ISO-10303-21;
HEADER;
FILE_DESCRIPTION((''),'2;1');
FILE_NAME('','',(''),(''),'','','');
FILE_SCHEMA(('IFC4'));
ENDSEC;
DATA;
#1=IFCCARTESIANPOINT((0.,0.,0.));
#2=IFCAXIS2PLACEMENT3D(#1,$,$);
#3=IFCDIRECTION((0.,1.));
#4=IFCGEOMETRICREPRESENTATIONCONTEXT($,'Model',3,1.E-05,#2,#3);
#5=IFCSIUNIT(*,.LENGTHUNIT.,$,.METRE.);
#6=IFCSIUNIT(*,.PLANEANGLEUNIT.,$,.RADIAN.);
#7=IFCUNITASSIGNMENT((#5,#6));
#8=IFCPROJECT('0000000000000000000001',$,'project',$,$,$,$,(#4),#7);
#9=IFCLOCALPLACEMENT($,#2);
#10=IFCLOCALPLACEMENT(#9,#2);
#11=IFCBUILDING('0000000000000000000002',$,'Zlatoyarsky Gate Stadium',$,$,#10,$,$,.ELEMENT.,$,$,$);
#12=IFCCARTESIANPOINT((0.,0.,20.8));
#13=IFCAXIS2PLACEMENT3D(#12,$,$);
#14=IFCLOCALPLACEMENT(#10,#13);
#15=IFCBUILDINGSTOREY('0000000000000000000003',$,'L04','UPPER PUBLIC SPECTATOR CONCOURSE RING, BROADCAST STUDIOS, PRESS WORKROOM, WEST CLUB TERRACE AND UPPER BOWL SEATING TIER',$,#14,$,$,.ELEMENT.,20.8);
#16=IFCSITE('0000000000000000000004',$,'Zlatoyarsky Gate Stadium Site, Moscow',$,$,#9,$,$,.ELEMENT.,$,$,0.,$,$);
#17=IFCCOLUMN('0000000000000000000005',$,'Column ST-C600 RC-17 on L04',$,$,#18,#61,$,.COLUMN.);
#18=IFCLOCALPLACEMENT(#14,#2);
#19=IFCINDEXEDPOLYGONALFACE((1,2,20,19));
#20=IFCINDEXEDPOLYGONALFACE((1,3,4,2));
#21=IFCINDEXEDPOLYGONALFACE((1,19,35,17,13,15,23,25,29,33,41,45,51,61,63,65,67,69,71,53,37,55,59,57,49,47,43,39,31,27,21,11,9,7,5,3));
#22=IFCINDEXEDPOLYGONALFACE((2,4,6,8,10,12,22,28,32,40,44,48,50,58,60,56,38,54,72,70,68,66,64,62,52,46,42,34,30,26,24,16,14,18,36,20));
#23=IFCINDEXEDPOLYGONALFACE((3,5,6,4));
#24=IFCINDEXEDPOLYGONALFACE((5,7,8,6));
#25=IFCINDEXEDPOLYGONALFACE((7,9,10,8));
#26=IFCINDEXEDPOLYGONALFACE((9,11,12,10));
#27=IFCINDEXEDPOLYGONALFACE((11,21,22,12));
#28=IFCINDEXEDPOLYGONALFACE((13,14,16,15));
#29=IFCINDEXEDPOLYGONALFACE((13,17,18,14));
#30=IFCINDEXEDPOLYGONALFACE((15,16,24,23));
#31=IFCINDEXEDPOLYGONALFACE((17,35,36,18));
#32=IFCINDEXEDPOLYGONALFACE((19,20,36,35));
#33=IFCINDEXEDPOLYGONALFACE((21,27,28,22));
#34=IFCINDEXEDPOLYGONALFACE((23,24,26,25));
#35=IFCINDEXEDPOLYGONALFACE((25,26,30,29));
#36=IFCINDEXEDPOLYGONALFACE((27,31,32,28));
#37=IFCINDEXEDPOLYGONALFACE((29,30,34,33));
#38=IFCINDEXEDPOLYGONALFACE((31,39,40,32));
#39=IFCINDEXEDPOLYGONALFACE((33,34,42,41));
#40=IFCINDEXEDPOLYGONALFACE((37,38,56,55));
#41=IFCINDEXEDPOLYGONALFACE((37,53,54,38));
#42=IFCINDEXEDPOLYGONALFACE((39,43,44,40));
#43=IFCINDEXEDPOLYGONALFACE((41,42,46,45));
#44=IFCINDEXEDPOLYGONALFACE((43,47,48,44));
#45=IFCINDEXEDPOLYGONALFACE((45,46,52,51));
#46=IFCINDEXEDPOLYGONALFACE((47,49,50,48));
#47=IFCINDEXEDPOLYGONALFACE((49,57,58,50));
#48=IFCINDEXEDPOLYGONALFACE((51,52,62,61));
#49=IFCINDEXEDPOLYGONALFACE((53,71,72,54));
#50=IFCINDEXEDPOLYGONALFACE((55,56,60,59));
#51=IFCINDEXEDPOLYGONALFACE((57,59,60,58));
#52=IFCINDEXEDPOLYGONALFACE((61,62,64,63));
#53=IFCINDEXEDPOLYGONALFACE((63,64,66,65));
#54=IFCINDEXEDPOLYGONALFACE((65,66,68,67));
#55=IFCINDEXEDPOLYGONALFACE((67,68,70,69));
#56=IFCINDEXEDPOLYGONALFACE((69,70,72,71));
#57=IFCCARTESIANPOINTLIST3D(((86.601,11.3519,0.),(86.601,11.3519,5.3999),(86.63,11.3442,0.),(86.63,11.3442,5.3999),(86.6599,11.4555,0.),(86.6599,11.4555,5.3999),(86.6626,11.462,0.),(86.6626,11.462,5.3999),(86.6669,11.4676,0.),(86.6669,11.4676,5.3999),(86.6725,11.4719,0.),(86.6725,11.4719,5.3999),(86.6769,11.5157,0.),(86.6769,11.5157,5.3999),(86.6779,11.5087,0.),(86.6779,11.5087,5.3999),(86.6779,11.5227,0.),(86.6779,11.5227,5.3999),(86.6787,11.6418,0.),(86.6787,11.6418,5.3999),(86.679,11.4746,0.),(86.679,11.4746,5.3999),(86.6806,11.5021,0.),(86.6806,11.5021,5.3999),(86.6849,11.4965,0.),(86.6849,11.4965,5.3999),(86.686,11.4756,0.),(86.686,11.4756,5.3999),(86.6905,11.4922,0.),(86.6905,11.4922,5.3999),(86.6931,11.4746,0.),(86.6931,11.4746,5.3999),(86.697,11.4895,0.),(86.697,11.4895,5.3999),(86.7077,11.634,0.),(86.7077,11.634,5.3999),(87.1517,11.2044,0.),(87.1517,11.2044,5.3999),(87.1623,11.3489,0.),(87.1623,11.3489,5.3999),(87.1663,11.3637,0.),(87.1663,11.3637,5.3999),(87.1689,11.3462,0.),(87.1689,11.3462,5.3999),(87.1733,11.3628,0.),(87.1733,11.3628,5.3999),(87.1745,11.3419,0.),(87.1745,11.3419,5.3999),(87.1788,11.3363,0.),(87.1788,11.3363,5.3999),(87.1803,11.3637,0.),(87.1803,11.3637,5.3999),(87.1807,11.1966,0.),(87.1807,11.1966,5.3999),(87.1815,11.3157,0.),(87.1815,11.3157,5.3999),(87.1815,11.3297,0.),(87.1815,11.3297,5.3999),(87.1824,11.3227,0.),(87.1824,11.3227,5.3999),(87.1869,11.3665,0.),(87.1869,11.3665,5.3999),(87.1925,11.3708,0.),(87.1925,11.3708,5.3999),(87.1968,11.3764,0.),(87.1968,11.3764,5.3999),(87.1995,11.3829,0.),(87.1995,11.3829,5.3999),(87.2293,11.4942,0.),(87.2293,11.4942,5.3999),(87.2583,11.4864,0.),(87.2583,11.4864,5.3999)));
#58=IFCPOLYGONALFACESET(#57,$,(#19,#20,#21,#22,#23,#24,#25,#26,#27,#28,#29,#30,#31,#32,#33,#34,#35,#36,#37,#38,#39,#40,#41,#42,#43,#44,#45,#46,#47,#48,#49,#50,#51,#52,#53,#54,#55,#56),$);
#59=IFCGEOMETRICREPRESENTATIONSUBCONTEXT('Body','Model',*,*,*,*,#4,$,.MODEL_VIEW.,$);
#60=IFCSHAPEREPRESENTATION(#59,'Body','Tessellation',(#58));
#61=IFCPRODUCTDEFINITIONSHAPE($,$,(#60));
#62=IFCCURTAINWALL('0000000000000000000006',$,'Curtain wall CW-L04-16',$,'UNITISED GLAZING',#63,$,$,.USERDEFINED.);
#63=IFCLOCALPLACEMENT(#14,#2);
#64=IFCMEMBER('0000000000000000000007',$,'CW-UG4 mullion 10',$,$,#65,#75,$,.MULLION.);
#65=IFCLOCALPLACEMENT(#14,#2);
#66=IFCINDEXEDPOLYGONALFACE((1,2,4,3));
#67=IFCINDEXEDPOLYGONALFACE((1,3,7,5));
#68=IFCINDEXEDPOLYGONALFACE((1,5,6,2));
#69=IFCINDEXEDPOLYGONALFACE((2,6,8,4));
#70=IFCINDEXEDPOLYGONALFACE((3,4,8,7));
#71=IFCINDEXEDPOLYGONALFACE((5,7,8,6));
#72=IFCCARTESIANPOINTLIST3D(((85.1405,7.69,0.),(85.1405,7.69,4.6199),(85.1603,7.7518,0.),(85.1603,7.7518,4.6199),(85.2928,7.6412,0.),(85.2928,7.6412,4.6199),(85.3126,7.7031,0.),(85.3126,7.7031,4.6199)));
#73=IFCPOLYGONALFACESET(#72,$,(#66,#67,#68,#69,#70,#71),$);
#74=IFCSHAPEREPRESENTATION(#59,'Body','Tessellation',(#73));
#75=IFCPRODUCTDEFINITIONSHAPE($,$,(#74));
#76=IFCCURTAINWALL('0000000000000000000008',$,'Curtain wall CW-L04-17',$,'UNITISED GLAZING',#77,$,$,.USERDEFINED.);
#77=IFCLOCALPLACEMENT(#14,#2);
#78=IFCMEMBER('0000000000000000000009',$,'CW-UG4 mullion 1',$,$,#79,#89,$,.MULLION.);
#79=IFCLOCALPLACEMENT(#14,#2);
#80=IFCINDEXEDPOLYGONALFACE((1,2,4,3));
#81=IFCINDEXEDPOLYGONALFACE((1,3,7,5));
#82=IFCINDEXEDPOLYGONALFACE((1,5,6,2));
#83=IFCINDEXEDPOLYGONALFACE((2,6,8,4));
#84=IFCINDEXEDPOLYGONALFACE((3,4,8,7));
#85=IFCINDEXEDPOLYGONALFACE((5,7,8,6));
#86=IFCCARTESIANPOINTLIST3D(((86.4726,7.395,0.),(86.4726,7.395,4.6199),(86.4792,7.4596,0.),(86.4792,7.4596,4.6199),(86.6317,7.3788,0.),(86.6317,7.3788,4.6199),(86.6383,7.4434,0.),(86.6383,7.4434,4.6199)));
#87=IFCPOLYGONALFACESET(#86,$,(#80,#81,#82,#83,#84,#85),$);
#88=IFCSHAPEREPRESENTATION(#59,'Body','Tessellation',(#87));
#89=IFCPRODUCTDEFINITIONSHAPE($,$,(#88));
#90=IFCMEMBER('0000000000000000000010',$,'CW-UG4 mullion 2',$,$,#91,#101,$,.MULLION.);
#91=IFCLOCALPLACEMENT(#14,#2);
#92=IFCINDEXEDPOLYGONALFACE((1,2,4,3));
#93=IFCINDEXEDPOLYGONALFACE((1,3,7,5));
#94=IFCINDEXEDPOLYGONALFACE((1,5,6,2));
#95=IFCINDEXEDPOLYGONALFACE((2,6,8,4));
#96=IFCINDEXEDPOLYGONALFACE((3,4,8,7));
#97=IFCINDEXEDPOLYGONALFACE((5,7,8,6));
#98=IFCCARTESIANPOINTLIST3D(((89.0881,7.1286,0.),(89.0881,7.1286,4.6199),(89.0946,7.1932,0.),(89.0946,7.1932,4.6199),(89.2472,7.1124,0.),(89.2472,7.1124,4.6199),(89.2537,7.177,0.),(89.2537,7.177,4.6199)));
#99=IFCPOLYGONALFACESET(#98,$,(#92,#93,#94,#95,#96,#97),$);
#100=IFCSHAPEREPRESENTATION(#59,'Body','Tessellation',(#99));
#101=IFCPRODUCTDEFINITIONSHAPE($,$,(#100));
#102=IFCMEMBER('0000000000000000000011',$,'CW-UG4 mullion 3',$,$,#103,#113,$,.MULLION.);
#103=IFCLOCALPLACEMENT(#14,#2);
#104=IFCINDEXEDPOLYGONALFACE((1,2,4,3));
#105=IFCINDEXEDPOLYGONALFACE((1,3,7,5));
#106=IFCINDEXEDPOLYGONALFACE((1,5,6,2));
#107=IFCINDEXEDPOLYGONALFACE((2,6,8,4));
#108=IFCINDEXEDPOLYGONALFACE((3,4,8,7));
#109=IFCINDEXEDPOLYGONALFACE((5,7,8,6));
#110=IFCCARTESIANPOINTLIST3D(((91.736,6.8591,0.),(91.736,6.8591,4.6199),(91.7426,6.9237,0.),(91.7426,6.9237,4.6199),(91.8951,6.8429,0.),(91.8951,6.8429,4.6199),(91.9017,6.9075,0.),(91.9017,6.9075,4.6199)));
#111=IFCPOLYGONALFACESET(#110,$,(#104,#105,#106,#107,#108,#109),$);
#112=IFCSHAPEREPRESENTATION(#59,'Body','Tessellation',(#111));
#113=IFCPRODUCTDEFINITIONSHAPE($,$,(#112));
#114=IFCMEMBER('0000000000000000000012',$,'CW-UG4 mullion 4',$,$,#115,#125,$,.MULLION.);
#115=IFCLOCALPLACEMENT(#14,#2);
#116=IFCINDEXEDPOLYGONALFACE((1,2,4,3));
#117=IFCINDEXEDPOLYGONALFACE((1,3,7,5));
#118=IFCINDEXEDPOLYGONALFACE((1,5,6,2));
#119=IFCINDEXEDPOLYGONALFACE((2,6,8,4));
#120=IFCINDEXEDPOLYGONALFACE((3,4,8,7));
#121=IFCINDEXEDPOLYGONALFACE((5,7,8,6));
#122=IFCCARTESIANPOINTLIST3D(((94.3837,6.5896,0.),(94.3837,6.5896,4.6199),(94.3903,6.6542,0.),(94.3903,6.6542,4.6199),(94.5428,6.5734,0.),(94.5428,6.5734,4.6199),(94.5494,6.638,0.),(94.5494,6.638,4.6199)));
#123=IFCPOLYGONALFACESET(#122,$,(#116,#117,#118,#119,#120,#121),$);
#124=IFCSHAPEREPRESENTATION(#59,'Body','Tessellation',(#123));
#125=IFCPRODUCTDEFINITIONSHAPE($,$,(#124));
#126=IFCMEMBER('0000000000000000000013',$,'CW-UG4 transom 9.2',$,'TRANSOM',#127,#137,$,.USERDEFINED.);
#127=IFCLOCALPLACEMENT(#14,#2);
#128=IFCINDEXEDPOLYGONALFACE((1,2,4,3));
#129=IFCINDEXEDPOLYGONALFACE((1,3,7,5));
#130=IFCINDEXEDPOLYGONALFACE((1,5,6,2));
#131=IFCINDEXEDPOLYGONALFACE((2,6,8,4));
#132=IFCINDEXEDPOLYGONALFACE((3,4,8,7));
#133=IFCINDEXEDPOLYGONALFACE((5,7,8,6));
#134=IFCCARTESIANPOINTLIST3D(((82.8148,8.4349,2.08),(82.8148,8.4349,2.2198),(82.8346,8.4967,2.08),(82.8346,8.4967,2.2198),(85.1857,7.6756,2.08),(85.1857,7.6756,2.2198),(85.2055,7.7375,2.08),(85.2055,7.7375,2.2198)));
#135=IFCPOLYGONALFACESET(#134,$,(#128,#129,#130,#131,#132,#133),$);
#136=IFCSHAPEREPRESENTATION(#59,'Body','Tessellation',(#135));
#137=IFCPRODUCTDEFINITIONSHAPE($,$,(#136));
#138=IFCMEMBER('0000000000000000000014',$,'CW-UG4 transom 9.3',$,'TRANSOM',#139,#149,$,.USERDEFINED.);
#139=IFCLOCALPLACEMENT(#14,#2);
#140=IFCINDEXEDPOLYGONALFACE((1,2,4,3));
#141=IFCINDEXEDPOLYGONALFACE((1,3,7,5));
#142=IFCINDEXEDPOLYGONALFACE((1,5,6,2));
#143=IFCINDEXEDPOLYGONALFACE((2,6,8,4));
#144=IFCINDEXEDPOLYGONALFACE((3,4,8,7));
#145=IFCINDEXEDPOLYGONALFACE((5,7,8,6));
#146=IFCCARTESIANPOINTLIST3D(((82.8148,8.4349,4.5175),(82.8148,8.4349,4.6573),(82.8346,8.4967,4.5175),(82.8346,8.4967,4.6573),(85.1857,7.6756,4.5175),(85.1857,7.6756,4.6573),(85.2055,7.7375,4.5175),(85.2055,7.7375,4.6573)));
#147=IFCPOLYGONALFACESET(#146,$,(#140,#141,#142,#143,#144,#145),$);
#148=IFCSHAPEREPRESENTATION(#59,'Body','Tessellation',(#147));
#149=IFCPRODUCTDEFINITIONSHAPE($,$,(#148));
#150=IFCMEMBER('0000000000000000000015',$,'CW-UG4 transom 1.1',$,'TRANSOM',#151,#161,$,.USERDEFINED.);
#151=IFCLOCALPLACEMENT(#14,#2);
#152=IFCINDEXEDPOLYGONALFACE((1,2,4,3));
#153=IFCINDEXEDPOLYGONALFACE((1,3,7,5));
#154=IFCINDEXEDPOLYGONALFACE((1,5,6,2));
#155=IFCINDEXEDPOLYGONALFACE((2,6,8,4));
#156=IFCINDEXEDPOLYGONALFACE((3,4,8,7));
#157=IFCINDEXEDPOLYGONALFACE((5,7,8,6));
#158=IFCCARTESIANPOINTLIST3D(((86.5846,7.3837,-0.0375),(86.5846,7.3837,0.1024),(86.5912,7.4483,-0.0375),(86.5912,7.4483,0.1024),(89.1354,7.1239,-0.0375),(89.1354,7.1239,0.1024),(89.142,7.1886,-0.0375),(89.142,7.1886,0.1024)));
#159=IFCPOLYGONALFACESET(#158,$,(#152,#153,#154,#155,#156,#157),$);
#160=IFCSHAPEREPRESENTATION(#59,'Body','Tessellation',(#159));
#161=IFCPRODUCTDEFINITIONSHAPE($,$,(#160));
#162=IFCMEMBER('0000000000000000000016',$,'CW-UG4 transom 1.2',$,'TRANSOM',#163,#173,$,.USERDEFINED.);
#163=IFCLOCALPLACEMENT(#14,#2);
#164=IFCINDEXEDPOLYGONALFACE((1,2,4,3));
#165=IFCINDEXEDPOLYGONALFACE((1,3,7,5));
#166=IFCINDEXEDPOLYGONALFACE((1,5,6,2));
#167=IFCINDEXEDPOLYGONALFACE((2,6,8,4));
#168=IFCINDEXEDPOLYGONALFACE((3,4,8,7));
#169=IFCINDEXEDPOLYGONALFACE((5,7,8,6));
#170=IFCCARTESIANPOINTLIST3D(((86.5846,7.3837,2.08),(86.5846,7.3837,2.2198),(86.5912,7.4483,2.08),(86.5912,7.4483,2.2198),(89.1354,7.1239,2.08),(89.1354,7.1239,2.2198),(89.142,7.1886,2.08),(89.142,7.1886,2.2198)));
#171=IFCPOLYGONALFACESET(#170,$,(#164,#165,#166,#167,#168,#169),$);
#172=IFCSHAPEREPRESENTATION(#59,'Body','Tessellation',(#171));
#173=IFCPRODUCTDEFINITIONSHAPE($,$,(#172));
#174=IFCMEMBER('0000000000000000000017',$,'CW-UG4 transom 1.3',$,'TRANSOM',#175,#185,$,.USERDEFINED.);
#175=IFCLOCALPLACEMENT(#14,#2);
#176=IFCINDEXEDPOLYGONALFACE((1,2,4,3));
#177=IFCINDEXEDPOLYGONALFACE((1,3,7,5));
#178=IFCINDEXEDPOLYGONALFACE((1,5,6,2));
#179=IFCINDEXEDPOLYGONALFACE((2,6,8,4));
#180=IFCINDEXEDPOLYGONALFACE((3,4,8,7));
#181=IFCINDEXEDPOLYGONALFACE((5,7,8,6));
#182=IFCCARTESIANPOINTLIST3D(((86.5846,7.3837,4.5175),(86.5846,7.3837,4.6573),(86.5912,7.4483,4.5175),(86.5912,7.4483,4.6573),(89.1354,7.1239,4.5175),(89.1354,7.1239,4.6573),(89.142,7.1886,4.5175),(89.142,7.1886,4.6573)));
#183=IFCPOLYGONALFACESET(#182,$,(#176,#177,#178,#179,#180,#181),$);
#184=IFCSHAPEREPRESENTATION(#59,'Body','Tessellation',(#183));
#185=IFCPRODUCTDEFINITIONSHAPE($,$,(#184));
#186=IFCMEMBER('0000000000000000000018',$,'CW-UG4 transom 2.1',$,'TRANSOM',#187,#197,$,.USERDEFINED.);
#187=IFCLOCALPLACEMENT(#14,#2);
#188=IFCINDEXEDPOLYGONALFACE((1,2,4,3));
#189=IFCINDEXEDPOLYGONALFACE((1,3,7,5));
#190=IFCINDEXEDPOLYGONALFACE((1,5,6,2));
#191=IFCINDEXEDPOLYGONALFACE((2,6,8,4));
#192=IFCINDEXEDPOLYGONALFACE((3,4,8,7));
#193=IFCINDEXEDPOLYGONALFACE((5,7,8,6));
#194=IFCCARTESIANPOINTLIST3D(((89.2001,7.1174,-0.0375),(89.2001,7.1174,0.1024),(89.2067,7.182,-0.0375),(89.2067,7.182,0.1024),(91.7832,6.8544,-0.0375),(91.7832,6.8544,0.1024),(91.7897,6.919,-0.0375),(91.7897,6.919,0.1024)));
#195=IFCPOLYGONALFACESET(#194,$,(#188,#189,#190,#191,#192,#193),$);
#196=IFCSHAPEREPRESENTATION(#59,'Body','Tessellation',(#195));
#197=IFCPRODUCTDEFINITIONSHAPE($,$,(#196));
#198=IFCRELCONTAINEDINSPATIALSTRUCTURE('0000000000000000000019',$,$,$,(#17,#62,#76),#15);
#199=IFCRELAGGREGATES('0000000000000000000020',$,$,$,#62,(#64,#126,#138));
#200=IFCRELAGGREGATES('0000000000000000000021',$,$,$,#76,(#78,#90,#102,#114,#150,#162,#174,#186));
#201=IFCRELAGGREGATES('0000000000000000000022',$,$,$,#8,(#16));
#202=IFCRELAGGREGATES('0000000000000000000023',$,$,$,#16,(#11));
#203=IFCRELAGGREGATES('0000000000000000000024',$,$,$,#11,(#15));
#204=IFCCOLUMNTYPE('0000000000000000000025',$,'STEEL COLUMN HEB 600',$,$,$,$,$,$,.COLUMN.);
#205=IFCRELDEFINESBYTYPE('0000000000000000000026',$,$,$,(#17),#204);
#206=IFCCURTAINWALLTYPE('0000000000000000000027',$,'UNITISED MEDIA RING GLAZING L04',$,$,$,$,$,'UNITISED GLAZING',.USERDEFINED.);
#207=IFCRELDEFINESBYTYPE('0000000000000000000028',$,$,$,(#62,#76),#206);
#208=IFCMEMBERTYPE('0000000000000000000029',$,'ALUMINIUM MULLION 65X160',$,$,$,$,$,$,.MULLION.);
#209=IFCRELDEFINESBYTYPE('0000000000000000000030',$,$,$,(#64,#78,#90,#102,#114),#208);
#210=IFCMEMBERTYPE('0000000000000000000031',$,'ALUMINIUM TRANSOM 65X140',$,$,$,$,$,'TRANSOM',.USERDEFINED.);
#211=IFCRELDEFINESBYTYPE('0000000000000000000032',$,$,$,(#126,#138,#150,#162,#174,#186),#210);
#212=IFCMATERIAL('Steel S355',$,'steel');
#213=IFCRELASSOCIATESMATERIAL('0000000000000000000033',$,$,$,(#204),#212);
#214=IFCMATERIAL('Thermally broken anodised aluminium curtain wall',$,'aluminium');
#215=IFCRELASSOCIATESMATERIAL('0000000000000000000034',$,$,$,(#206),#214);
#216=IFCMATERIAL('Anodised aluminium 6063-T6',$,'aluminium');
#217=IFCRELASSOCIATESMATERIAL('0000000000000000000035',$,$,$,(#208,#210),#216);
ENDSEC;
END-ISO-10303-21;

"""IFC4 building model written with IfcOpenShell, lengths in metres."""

from ifc_helpers import new_model, si_unit, direction, frame, origin, origin_2d, place, context, subcontext, project, spatial, rectangle, i_section, extrude, material, material_profile, profile_set, type_object, element, aggregate, save


model = new_model("IFC4")

# Units and contexts
model_context = context("Model", 3, precision=1e-05, world=origin(), true_north=direction((0.0, 1.0)))
body_context = subcontext(model_context, "Body", "Model", "MODEL_VIEW")
ifc_project = project(units=[si_unit("LENGTHUNIT", "METRE"), si_unit("PLANEANGLEUNIT", "RADIAN")], contexts=[model_context])

# Site, building, storey
site_placement = place(None, origin())
site = spatial("IfcSite", under=ifc_project, at=site_placement, Name="Zlatoyarsky Gate Stadium Site, Moscow", CompositionType="ELEMENT", RefElevation=0.0)
building_placement = place(site_placement, origin())
building = spatial("IfcBuilding", under=site, at=building_placement, Name="Zlatoyarsky Gate Stadium", CompositionType="ELEMENT")
storey_placement = place(building_placement, frame((0.0, 0.0, 20.8)))
storey = spatial("IfcBuildingStorey", under=building, at=storey_placement, Name="L04", Description="UPPER PUBLIC SPECTATOR CONCOURSE RING, BROADCAST STUDIOS, PRESS WORKROOM, WEST CLUB TERRACE AND UPPER BOWL SEATING TIER", CompositionType="ELEMENT", Elevation=20.8)

# Column
ifc_material_1 = material(Name="Steel S355", Category="steel")
ifc_material_profile_1 = material_profile(ifc_material_1, i_section(OverallWidth=0.3, OverallDepth=0.6001, WebThickness=0.0154, FlangeThickness=0.03, FilletRadius=0.0271, at=origin_2d()), Name="HEB 600")
ifc_profile_set_1 = profile_set([ifc_material_profile_1], Name="Steel S355")
column_type = type_object("IfcColumnType", Name="STEEL COLUMN HEB 600", PredefinedType="COLUMN", material=ifc_profile_set_1)
column_placement = place(storey_placement, frame((86.9297, 11.4192, 0.0), z_axis=(0.0, 0.0, 1.0), x_axis=(-0.258819, -0.965926, 0.0)))
element("IfcColumn", 1, at=column_placement, inside=storey, type_object=column_type, Name="Column ST-C600 RC-17 on L04", PredefinedType="COLUMN", context=body_context, shape_type="SweptSolid", body=[
    extrude(i_section(OverallWidth=0.3, OverallDepth=0.6001, WebThickness=0.0154, FlangeThickness=0.03, FilletRadius=0.0271, at=origin_2d()), origin(), (0.0, 0.0, 1.0), 5.3999),
])

# Curtain wall, member
ifc_material_2 = material(Name="Thermally broken anodised aluminium curtain wall", Category="aluminium")
curtain_wall_type = type_object("IfcCurtainWallType", Name="UNITISED MEDIA RING GLAZING L04", ElementType="UNITISED GLAZING", PredefinedType="USERDEFINED", material=ifc_material_2)
curtain_wall_1_placement = place(storey_placement, origin())
curtain_wall_1 = element("IfcCurtainWall", 2, at=curtain_wall_1_placement, inside=storey, type_object=curtain_wall_type, Name="Curtain wall CW-L04-16", ObjectType="UNITISED GLAZING", PredefinedType="USERDEFINED")
ifc_material_3 = material(Name="Anodised aluminium 6063-T6", Category="aluminium")
ifc_material_profile_2 = material_profile(ifc_material_3, rectangle(XDim=0.0649, YDim=0.1599, at=origin_2d()), Name="ALU 65X160")
ifc_profile_set_2 = profile_set([ifc_material_profile_2], Name="Anodised aluminium 6063-T6")
member_type_1 = type_object("IfcMemberType", Name="ALUMINIUM MULLION 65X160", PredefinedType="MULLION", material=ifc_profile_set_2)
member_1_placement = place(storey_placement, frame((85.2266, 7.6965, 0.0), z_axis=(0.0, 0.0, 1.0), x_axis=(0.305066, 0.952331, 0.0)))
member_1 = element("IfcMember", 3, at=member_1_placement, type_object=member_type_1, Name="CW-UG4 mullion 10", PredefinedType="MULLION", context=body_context, shape_type="SweptSolid", body=[
    extrude(rectangle(XDim=0.0649, YDim=0.1599, at=origin_2d()), origin(), (0.0, 0.0, 1.0), 4.6199),
])

# Curtain wall, members
curtain_wall_2_placement = place(storey_placement, origin())
curtain_wall_2 = element("IfcCurtainWall", 4, at=curtain_wall_2_placement, inside=storey, type_object=curtain_wall_type, Name="Curtain wall CW-L04-17", ObjectType="UNITISED GLAZING", PredefinedType="USERDEFINED")
member_2_placement = place(storey_placement, frame((86.5554, 7.4192, 0.0), z_axis=(0.0, 0.0, 1.0), x_axis=(0.101293, 0.994857, 0.0)))
member_2 = element("IfcMember", 5, at=member_2_placement, type_object=member_type_1, Name="CW-UG4 mullion 1", PredefinedType="MULLION", context=body_context, shape_type="SweptSolid", body=[
    extrude(rectangle(XDim=0.0649, YDim=0.1599, at=origin_2d()), origin(), (0.0, 0.0, 1.0), 4.6199),
])
member_3_placement = place(storey_placement, frame((89.1709, 7.1528, 0.0), z_axis=(0.0, 0.0, 1.0), x_axis=(0.101293, 0.994857, 0.0)))
member_3 = element("IfcMember", 6, at=member_3_placement, type_object=member_type_1, Name="CW-UG4 mullion 2", PredefinedType="MULLION", context=body_context, shape_type="SweptSolid", body=[
    extrude(rectangle(XDim=0.0649, YDim=0.1599, at=origin_2d()), origin(), (0.0, 0.0, 1.0), 4.6199),
])
member_4_placement = place(storey_placement, frame((91.8188, 6.8833, 0.0), z_axis=(0.0, 0.0, 1.0), x_axis=(0.101293, 0.994857, 0.0)))
member_4 = element("IfcMember", 7, at=member_4_placement, type_object=member_type_1, Name="CW-UG4 mullion 3", PredefinedType="MULLION", context=body_context, shape_type="SweptSolid", body=[
    extrude(rectangle(XDim=0.0649, YDim=0.1599, at=origin_2d()), origin(), (0.0, 0.0, 1.0), 4.6199),
])
member_5_placement = place(storey_placement, frame((94.4666, 6.6138, 0.0), z_axis=(0.0, 0.0, 1.0), x_axis=(0.101293, 0.994857, 0.0)))
member_5 = element("IfcMember", 8, at=member_5_placement, type_object=member_type_1, Name="CW-UG4 mullion 4", PredefinedType="MULLION", context=body_context, shape_type="SweptSolid", body=[
    extrude(rectangle(XDim=0.0649, YDim=0.1599, at=origin_2d()), origin(), (0.0, 0.0, 1.0), 4.6199),
])

# Members
ifc_material_profile_3 = material_profile(ifc_material_3, rectangle(XDim=0.0649, YDim=0.1399, at=origin_2d()), Name="ALU 65X140")
ifc_profile_set_3 = profile_set([ifc_material_profile_3], Name="Anodised aluminium 6063-T6")
member_type_2 = type_object("IfcMemberType", Name="ALUMINIUM TRANSOM 65X140", ElementType="TRANSOM", PredefinedType="USERDEFINED", material=ifc_profile_set_3)
member_6_placement = place(storey_placement, frame((82.8247, 8.4658, 2.1499), z_axis=(0.952354, -0.304996, 0.0), x_axis=(0.304996, 0.952354, 0.0)))
member_6 = element("IfcMember", 9, at=member_6_placement, type_object=member_type_2, Name="CW-UG4 transom 9.2", ObjectType="TRANSOM", PredefinedType="USERDEFINED", context=body_context, shape_type="SweptSolid", body=[
    extrude(rectangle(XDim=0.0649, YDim=0.1399, at=origin_2d()), origin(), (0.0, 0.0, 1.0), 2.4895),
])
member_7_placement = place(storey_placement, frame((82.8247, 8.4658, 4.5874), z_axis=(0.952354, -0.304996, 0.0), x_axis=(0.304996, 0.952354, 0.0)))
member_7 = element("IfcMember", 10, at=member_7_placement, type_object=member_type_2, Name="CW-UG4 transom 9.3", ObjectType="TRANSOM", PredefinedType="USERDEFINED", context=body_context, shape_type="SweptSolid", body=[
    extrude(rectangle(XDim=0.0649, YDim=0.1399, at=origin_2d()), origin(), (0.0, 0.0, 1.0), 2.4895),
])
member_8_placement = place(storey_placement, frame((86.5879, 7.416, 0.0325), z_axis=(0.994855, -0.101314, 0.0), x_axis=(0.101314, 0.994855, 0.0)))
member_8 = element("IfcMember", 11, at=member_8_placement, type_object=member_type_2, Name="CW-UG4 transom 1.1", ObjectType="TRANSOM", PredefinedType="USERDEFINED", context=body_context, shape_type="SweptSolid", body=[
    extrude(rectangle(XDim=0.0649, YDim=0.1399, at=origin_2d()), origin(), (0.0, 0.0, 1.0), 2.564),
])
member_9_placement = place(storey_placement, frame((86.5879, 7.416, 2.1499), z_axis=(0.994855, -0.101314, 0.0), x_axis=(0.101314, 0.994855, 0.0)))
member_9 = element("IfcMember", 12, at=member_9_placement, type_object=member_type_2, Name="CW-UG4 transom 1.2", ObjectType="TRANSOM", PredefinedType="USERDEFINED", context=body_context, shape_type="SweptSolid", body=[
    extrude(rectangle(XDim=0.0649, YDim=0.1399, at=origin_2d()), origin(), (0.0, 0.0, 1.0), 2.564),
])
member_10_placement = place(storey_placement, frame((86.5879, 7.416, 4.5874), z_axis=(0.994855, -0.101314, 0.0), x_axis=(0.101314, 0.994855, 0.0)))
member_10 = element("IfcMember", 13, at=member_10_placement, type_object=member_type_2, Name="CW-UG4 transom 1.3", ObjectType="TRANSOM", PredefinedType="USERDEFINED", context=body_context, shape_type="SweptSolid", body=[
    extrude(rectangle(XDim=0.0649, YDim=0.1399, at=origin_2d()), origin(), (0.0, 0.0, 1.0), 2.564),
])
member_11_placement = place(storey_placement, frame((89.2034, 7.1497, 0.0325), z_axis=(0.994859, -0.101272, 0.0), x_axis=(0.101272, 0.994859, 0.0)))
member_11 = element("IfcMember", 14, at=member_11_placement, type_object=member_type_2, Name="CW-UG4 transom 2.1", ObjectType="TRANSOM", PredefinedType="USERDEFINED", context=body_context, shape_type="SweptSolid", body=[
    extrude(rectangle(XDim=0.0649, YDim=0.1399, at=origin_2d()), origin(), (0.0, 0.0, 1.0), 2.5964),
])

aggregate(curtain_wall_1, [member_1, member_6, member_7])
aggregate(curtain_wall_2, [member_2, member_3, member_4, member_5, member_8, member_9, member_10, member_11])

save(model, "model.ifc")
